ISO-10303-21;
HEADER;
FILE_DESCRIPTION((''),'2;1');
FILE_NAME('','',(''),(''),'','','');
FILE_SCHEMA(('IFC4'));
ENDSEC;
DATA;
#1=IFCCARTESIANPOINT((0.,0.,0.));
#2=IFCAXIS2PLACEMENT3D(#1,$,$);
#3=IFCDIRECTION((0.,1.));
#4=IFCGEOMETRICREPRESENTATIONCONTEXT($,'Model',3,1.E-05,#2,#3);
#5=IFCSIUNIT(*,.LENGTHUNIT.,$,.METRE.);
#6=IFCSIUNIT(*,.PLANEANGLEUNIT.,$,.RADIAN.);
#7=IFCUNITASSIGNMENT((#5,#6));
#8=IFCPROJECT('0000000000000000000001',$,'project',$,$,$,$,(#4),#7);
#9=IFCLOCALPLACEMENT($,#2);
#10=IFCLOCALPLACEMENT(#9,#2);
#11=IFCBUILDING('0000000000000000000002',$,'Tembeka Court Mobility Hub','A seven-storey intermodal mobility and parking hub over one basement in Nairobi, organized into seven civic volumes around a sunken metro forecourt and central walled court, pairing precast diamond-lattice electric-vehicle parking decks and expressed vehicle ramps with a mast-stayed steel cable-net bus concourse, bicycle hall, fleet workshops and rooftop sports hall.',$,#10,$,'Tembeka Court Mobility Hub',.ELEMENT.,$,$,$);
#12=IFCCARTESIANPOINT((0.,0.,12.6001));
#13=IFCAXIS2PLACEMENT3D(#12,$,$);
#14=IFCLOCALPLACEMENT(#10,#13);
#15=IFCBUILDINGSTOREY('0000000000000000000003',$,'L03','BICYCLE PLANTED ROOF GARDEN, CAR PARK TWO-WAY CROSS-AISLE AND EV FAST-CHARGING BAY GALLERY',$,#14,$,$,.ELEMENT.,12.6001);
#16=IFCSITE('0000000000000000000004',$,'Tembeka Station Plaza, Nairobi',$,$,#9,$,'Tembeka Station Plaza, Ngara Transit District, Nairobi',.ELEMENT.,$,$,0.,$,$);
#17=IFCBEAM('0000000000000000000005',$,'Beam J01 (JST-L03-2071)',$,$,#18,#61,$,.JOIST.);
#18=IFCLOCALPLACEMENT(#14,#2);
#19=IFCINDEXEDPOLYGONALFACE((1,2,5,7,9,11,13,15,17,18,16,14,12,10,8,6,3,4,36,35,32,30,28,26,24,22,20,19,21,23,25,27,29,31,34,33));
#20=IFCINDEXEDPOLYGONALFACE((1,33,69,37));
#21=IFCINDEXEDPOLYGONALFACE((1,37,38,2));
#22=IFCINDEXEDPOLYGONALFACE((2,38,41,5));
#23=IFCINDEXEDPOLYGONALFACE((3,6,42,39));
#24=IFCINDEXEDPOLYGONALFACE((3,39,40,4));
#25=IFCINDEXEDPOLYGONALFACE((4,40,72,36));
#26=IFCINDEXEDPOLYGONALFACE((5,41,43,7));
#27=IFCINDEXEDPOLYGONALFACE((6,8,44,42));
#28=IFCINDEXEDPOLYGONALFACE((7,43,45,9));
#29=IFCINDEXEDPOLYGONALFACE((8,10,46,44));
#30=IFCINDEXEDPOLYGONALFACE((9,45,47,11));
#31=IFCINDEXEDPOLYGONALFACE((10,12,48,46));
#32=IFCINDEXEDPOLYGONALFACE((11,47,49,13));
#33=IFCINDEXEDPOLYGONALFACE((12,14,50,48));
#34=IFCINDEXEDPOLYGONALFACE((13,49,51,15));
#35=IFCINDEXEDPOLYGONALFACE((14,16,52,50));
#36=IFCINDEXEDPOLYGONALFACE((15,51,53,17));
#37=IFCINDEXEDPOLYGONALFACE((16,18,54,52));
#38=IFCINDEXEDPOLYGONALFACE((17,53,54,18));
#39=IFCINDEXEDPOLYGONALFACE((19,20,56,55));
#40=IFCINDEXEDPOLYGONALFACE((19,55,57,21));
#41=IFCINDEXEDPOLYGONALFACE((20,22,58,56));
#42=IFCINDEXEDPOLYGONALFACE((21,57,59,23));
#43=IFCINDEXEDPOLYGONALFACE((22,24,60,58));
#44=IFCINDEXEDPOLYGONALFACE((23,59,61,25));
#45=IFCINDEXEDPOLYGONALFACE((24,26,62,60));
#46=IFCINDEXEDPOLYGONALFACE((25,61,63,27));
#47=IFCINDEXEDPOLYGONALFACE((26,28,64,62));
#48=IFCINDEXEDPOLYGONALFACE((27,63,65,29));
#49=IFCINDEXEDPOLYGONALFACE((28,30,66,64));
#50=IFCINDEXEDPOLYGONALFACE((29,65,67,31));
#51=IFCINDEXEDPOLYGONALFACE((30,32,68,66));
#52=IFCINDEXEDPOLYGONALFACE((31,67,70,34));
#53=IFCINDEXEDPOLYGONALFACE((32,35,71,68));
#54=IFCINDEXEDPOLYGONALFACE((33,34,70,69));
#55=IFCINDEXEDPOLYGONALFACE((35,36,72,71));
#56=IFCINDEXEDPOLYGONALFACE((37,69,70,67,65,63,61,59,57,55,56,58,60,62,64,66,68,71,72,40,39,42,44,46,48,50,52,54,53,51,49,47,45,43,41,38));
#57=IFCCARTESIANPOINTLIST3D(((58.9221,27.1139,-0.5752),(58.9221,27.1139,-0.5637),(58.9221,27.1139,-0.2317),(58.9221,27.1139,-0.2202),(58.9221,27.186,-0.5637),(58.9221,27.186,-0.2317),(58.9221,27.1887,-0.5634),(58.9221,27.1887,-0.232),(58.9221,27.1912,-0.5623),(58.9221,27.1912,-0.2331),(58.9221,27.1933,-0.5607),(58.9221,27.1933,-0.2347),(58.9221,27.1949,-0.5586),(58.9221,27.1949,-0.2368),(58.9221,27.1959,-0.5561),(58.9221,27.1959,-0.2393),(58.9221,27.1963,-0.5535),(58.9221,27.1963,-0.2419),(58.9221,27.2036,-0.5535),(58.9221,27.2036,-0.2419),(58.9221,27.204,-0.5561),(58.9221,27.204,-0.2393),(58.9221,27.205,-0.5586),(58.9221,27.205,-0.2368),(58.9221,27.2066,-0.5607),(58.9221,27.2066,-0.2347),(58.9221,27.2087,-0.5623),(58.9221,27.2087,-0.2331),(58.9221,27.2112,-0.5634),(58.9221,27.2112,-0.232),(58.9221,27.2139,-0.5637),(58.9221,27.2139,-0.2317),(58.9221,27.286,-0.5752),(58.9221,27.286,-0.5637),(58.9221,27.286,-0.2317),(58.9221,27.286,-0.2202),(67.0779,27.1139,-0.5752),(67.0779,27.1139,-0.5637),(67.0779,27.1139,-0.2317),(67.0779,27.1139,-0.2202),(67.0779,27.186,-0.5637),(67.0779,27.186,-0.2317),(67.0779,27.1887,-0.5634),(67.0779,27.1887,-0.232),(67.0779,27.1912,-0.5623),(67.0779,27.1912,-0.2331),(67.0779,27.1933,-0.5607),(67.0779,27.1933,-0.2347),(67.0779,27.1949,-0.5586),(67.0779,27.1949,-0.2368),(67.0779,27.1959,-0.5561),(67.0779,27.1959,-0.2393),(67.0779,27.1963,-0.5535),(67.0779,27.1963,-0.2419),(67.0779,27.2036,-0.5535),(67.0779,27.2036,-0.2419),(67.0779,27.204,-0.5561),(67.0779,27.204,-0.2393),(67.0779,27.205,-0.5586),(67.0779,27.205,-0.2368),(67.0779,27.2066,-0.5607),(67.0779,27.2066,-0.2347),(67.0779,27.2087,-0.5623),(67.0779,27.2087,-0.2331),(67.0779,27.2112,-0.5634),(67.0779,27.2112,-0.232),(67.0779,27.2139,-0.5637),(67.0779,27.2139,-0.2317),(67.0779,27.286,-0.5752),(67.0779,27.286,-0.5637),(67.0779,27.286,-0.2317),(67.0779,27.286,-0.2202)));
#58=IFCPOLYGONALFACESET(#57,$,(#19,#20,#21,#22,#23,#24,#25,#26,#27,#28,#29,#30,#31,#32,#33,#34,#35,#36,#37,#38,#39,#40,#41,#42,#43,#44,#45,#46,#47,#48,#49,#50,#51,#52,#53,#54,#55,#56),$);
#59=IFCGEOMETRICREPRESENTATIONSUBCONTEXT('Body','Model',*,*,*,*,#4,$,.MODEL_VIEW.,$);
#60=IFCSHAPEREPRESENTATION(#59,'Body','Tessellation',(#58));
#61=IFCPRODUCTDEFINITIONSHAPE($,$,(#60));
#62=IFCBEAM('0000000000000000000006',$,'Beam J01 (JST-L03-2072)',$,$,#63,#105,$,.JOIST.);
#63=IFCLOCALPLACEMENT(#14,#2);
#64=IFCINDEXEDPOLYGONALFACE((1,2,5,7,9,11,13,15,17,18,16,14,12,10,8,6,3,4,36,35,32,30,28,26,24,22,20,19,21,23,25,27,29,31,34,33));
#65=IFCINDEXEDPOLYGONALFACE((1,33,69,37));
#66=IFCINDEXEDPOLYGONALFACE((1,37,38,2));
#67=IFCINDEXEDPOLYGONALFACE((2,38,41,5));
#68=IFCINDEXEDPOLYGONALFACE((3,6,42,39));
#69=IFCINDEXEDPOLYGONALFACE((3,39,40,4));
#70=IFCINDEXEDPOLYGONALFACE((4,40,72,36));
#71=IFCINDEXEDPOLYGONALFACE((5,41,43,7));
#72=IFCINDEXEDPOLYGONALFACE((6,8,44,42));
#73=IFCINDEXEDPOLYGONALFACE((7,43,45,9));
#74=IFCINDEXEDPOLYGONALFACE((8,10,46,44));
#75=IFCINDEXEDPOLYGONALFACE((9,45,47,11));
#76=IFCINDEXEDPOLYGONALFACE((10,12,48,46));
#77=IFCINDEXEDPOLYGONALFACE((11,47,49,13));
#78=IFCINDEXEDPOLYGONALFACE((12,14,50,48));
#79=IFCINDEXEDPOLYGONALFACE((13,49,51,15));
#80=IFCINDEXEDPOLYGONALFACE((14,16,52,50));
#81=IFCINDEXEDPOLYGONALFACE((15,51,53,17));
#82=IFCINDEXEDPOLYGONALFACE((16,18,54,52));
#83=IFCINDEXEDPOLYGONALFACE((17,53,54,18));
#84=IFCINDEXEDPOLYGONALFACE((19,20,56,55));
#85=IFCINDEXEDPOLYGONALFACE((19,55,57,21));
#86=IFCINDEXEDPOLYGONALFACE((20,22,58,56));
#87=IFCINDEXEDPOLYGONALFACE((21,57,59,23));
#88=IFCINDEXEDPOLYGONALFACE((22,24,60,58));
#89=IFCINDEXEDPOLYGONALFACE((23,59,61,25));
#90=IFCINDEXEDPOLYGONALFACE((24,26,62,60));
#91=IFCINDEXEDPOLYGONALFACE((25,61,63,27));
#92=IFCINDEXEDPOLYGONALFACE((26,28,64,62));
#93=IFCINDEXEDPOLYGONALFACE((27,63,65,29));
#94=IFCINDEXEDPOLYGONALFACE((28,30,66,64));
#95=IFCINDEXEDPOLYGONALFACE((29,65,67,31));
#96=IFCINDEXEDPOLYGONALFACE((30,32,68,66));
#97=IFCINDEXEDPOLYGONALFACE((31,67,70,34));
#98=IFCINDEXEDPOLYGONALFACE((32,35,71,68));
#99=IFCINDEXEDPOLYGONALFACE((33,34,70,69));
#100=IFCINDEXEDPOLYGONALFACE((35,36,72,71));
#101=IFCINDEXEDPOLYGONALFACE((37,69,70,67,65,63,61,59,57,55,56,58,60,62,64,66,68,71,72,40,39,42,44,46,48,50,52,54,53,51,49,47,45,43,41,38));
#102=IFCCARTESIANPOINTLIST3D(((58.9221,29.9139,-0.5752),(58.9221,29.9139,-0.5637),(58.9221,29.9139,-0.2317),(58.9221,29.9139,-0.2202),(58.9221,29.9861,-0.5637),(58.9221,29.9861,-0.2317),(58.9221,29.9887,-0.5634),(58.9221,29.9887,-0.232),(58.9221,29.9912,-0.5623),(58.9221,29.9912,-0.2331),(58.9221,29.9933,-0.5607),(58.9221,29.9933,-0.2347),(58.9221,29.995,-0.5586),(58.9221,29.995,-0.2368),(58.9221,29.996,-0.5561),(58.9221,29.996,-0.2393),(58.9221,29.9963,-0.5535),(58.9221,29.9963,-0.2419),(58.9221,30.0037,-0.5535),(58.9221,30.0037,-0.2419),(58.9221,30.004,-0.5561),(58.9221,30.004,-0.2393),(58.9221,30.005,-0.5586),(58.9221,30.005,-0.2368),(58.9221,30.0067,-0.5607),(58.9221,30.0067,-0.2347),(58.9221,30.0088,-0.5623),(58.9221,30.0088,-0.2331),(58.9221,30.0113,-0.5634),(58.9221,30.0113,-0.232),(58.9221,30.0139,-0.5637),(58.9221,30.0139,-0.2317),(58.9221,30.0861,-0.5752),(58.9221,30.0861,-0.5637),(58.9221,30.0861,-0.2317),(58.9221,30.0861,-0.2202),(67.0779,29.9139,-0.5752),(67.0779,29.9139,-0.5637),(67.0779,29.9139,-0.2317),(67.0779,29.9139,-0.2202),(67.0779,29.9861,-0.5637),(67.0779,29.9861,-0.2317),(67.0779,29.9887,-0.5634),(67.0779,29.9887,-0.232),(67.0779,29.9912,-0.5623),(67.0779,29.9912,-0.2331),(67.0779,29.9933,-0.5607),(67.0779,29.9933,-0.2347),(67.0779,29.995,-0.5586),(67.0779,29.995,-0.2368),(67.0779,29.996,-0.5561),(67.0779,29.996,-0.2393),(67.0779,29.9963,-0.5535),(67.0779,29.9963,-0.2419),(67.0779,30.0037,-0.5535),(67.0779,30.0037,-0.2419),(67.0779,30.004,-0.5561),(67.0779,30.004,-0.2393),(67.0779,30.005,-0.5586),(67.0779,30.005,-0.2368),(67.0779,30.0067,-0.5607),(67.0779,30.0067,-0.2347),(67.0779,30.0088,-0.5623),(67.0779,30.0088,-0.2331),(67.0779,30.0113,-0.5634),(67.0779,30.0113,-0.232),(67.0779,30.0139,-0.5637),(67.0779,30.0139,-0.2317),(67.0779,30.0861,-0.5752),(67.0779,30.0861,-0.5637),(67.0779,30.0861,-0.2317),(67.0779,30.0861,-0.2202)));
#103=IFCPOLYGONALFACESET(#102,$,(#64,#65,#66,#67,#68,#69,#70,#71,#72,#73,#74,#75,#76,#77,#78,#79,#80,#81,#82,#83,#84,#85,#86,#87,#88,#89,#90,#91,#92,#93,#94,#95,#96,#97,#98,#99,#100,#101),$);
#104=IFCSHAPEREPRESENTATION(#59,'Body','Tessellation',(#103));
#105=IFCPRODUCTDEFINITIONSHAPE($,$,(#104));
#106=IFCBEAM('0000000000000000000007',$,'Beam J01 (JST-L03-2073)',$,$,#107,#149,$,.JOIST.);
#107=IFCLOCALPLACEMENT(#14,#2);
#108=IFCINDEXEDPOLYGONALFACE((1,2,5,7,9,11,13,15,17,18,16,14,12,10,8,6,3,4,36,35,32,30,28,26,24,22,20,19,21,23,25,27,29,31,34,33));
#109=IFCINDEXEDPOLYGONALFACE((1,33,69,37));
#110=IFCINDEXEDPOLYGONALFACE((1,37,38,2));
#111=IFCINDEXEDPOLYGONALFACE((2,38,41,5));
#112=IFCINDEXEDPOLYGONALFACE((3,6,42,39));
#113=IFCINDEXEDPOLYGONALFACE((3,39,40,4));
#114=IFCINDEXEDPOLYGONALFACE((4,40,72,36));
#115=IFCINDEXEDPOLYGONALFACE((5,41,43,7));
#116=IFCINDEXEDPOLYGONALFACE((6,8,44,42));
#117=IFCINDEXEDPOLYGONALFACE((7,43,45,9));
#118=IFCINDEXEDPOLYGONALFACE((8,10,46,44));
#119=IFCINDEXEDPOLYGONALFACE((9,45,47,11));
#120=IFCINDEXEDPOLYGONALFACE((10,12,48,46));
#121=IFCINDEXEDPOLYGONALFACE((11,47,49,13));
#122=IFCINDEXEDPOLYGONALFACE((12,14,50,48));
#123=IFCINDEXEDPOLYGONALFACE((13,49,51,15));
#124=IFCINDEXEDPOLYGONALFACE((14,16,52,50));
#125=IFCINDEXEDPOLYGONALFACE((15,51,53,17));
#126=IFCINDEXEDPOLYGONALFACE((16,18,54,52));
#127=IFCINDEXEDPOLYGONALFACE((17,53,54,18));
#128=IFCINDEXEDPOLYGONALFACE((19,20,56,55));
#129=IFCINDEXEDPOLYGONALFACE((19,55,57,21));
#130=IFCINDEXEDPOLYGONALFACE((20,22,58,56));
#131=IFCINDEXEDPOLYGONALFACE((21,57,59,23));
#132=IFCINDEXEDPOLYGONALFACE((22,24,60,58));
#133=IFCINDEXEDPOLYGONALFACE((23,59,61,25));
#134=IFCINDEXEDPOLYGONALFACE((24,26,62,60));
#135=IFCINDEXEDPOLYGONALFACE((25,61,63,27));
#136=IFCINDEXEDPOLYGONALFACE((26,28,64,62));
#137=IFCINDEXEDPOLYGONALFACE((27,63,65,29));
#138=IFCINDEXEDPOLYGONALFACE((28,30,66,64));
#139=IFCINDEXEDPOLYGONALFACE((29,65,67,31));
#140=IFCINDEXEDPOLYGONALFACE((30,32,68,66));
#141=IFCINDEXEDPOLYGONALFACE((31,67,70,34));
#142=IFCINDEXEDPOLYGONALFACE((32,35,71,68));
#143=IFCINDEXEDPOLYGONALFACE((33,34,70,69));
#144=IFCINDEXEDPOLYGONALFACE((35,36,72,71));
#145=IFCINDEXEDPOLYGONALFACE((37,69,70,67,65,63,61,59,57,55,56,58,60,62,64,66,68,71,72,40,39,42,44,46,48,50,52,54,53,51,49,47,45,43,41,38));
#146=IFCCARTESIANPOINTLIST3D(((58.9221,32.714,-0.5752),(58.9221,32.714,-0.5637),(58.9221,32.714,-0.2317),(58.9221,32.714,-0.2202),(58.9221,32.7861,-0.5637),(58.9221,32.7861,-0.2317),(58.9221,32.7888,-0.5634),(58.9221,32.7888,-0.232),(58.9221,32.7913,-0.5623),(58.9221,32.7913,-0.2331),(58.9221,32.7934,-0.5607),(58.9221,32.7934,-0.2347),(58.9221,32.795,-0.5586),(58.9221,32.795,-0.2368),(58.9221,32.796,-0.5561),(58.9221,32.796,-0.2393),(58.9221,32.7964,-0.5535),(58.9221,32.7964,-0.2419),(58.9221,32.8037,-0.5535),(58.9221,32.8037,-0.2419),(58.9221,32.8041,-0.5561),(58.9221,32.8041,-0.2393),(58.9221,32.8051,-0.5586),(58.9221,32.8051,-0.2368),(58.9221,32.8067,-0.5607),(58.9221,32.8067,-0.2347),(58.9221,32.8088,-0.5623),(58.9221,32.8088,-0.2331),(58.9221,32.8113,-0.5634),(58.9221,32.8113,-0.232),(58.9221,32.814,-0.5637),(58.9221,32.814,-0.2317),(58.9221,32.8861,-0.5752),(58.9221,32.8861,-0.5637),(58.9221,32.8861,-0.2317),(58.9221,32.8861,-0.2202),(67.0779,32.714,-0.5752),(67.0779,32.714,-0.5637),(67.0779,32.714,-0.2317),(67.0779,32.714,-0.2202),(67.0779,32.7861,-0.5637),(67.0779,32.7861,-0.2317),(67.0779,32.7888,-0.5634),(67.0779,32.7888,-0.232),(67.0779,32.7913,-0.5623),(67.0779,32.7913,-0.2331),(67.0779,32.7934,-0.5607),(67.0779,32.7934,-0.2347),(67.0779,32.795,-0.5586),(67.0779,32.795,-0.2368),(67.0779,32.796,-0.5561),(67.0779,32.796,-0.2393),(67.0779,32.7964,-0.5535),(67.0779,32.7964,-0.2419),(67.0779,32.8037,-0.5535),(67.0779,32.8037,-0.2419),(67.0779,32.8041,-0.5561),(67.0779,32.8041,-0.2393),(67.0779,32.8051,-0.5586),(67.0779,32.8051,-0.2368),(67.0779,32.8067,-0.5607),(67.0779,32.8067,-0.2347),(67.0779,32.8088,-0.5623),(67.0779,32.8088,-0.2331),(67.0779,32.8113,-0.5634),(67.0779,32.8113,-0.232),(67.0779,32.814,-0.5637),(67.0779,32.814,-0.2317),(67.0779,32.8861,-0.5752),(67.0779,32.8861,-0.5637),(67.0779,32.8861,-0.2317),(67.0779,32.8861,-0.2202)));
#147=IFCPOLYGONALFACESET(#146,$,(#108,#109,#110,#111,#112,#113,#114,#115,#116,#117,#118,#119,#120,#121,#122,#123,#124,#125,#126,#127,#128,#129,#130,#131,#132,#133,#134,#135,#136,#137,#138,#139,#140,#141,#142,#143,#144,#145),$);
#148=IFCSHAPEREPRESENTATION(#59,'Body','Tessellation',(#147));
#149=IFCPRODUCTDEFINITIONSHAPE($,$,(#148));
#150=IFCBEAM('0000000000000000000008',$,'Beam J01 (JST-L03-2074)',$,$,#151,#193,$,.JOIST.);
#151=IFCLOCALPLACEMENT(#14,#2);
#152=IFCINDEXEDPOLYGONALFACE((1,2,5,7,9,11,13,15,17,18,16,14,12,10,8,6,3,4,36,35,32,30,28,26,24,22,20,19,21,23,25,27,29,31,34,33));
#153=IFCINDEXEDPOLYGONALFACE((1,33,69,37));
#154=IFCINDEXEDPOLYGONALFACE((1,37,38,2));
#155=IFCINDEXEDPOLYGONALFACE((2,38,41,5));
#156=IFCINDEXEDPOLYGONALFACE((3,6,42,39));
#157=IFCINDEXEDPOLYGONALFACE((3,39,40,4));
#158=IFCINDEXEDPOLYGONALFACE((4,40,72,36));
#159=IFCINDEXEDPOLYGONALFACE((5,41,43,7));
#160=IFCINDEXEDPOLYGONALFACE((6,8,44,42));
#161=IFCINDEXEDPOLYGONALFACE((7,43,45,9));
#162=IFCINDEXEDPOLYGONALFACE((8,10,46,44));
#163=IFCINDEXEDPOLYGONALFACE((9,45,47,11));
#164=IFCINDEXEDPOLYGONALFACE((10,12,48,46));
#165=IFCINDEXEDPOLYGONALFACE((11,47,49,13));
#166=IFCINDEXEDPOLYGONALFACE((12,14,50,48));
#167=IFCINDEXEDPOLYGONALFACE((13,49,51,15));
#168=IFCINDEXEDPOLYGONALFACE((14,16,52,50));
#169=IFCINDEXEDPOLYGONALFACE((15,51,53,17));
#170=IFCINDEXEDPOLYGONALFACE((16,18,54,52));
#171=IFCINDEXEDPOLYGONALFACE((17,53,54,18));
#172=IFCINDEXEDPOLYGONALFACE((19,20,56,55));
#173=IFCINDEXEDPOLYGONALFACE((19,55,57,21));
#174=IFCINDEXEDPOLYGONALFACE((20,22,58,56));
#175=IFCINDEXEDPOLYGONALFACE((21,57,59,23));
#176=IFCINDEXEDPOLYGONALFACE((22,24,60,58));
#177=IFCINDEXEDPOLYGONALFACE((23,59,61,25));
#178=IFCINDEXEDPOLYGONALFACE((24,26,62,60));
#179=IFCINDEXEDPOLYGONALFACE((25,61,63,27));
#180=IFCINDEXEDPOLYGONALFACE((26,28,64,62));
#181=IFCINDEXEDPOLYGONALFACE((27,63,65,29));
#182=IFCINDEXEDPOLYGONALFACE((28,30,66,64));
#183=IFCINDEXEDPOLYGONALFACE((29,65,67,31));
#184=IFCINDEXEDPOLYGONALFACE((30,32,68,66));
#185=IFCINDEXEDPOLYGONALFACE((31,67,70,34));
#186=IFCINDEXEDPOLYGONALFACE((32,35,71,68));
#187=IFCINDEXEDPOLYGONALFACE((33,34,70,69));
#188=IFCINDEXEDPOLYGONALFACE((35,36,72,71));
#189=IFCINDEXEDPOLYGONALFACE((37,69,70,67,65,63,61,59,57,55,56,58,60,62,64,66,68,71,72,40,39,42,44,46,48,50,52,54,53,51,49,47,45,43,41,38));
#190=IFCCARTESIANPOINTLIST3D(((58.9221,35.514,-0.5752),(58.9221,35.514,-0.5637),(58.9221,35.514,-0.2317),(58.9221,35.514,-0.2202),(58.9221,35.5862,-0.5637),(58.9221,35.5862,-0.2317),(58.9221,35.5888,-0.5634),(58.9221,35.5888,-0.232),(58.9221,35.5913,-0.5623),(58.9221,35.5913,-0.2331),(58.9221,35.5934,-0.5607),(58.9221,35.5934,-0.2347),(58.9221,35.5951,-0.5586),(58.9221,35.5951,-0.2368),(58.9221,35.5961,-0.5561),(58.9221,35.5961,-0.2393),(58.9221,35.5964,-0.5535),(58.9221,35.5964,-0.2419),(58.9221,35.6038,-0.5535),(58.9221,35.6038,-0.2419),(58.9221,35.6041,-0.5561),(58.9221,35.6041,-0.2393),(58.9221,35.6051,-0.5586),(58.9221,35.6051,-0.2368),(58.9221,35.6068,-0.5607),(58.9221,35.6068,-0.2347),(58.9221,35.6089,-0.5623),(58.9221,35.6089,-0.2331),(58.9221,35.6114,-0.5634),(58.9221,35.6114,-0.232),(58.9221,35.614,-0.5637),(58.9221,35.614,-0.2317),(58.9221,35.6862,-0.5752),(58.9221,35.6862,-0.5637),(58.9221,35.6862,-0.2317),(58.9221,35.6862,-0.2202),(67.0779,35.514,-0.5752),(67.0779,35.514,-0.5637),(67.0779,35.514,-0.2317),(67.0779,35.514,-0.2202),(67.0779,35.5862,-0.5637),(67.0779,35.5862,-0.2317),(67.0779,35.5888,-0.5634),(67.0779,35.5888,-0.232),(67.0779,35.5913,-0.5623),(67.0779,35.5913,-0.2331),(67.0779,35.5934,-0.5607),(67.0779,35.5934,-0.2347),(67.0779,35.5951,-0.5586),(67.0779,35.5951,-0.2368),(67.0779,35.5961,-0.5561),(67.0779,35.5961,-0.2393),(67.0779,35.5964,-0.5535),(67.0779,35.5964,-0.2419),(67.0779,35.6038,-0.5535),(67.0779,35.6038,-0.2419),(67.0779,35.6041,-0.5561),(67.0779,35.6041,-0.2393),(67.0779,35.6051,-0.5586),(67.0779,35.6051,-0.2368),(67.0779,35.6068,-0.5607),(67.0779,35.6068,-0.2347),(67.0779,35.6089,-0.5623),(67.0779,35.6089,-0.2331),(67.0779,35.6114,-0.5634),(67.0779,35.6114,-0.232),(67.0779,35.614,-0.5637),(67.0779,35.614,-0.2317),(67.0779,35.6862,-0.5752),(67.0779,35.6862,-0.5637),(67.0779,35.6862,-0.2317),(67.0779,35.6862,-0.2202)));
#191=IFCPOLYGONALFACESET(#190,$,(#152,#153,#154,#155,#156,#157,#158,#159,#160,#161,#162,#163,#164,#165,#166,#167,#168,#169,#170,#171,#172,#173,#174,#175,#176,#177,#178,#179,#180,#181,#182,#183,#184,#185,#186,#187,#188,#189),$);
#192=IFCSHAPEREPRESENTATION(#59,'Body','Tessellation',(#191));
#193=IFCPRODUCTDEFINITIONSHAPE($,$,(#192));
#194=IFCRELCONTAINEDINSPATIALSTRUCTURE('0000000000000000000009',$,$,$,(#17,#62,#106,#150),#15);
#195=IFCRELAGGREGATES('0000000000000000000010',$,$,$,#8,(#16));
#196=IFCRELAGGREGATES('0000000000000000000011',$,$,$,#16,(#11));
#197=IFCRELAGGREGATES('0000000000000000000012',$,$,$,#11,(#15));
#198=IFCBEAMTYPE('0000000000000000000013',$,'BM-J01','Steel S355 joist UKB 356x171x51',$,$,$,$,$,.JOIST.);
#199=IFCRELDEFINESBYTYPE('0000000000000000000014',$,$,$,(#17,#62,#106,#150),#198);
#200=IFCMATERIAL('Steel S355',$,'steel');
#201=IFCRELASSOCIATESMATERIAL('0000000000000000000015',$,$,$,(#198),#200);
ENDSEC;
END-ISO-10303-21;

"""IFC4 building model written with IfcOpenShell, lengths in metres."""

from ifc_helpers import new_model, si_unit, direction, frame, origin, origin_2d, place, context, subcontext, project, spatial, i_section, extrude, material, material_profile, profile_set, type_object, element, save


model = new_model("IFC4")

# Units and contexts
model_context = context("Model", 3, precision=1e-05, world=origin(), true_north=direction((0.0, 1.0)))
body_context = subcontext(model_context, "Body", "Model", "MODEL_VIEW")
ifc_project = project(units=[si_unit("LENGTHUNIT", "METRE"), si_unit("PLANEANGLEUNIT", "RADIAN")], contexts=[model_context])

# Site, building, storey
site_placement = place(None, origin())
site = spatial("IfcSite", under=ifc_project, at=site_placement, Name="Tembeka Station Plaza, Nairobi", LongName="Tembeka Station Plaza, Ngara Transit District, Nairobi", CompositionType="ELEMENT", RefElevation=0.0)
building_placement = place(site_placement, origin())
building = spatial("IfcBuilding", under=site, at=building_placement, Name="Tembeka Court Mobility Hub", Description="A seven-storey intermodal mobility and parking hub over one basement in Nairobi, organized into seven civic volumes around a sunken metro forecourt and central walled court, pairing precast diamond-lattice electric-vehicle parking decks and expressed vehicle ramps with a mast-stayed steel cable-net bus concourse, bicycle hall, fleet workshops and rooftop sports hall.", LongName="Tembeka Court Mobility Hub", CompositionType="ELEMENT")
storey_placement = place(building_placement, frame((0.0, 0.0, 12.6001)))
storey = spatial("IfcBuildingStorey", under=building, at=storey_placement, Name="L03", Description="BICYCLE PLANTED ROOF GARDEN, CAR PARK TWO-WAY CROSS-AISLE AND EV FAST-CHARGING BAY GALLERY", CompositionType="ELEMENT", Elevation=12.6001)

# Shared definitions
ifc_material_1 = material(Name="Steel S355", Category="steel")

# Beams
ifc_material_profile_1 = material_profile(ifc_material_1, i_section(OverallWidth=0.1721, OverallDepth=0.355, WebThickness=0.0073, FlangeThickness=0.0115, FilletRadius=0.0103, at=origin_2d()), Name="UKB 356x171x51")
ifc_profile_set_1 = profile_set([ifc_material_profile_1], Name="Steel S355")
beam_type_1 = type_object("IfcBeamType", Name="BM-J01", Description="Steel S355 joist UKB 356x171x51", PredefinedType="JOIST", material=ifc_profile_set_1)
for number, where, z_axis, x_axis, name in (
    (1, (58.9221, 27.2, -0.3977), (1.0, 0.0, 0.0), (0.0, 1.0, 0.0), "Beam J01 (JST-L03-2071)"),
    (2, (58.9221, 30.0, -0.3977), (1.0, 0.0, 0.0), (0.0, 1.0, 0.0), "Beam J01 (JST-L03-2072)"),
    (3, (58.9221, 32.8, -0.3977), (1.0, 0.0, 0.0), (0.0, 1.0, 0.0), "Beam J01 (JST-L03-2073)"),
    (4, (58.9221, 35.6001, -0.3977), (1.0, 0.0, 0.0), (0.0, 1.0, 0.0), "Beam J01 (JST-L03-2074)"),
):
    element("IfcBeam", number, at=place(storey_placement, frame(where, z_axis=z_axis, x_axis=x_axis)), inside=storey, type_object=beam_type_1, Name=name, PredefinedType="JOIST", context=body_context, shape_type="SweptSolid", body=[
        extrude(i_section(OverallWidth=0.1721, OverallDepth=0.355, WebThickness=0.0073, FlangeThickness=0.0115, FilletRadius=0.0103, at=origin_2d()), origin(), (0.0, 0.0, 1.0), 8.1558),
    ])

save(model, "model.ifc")
